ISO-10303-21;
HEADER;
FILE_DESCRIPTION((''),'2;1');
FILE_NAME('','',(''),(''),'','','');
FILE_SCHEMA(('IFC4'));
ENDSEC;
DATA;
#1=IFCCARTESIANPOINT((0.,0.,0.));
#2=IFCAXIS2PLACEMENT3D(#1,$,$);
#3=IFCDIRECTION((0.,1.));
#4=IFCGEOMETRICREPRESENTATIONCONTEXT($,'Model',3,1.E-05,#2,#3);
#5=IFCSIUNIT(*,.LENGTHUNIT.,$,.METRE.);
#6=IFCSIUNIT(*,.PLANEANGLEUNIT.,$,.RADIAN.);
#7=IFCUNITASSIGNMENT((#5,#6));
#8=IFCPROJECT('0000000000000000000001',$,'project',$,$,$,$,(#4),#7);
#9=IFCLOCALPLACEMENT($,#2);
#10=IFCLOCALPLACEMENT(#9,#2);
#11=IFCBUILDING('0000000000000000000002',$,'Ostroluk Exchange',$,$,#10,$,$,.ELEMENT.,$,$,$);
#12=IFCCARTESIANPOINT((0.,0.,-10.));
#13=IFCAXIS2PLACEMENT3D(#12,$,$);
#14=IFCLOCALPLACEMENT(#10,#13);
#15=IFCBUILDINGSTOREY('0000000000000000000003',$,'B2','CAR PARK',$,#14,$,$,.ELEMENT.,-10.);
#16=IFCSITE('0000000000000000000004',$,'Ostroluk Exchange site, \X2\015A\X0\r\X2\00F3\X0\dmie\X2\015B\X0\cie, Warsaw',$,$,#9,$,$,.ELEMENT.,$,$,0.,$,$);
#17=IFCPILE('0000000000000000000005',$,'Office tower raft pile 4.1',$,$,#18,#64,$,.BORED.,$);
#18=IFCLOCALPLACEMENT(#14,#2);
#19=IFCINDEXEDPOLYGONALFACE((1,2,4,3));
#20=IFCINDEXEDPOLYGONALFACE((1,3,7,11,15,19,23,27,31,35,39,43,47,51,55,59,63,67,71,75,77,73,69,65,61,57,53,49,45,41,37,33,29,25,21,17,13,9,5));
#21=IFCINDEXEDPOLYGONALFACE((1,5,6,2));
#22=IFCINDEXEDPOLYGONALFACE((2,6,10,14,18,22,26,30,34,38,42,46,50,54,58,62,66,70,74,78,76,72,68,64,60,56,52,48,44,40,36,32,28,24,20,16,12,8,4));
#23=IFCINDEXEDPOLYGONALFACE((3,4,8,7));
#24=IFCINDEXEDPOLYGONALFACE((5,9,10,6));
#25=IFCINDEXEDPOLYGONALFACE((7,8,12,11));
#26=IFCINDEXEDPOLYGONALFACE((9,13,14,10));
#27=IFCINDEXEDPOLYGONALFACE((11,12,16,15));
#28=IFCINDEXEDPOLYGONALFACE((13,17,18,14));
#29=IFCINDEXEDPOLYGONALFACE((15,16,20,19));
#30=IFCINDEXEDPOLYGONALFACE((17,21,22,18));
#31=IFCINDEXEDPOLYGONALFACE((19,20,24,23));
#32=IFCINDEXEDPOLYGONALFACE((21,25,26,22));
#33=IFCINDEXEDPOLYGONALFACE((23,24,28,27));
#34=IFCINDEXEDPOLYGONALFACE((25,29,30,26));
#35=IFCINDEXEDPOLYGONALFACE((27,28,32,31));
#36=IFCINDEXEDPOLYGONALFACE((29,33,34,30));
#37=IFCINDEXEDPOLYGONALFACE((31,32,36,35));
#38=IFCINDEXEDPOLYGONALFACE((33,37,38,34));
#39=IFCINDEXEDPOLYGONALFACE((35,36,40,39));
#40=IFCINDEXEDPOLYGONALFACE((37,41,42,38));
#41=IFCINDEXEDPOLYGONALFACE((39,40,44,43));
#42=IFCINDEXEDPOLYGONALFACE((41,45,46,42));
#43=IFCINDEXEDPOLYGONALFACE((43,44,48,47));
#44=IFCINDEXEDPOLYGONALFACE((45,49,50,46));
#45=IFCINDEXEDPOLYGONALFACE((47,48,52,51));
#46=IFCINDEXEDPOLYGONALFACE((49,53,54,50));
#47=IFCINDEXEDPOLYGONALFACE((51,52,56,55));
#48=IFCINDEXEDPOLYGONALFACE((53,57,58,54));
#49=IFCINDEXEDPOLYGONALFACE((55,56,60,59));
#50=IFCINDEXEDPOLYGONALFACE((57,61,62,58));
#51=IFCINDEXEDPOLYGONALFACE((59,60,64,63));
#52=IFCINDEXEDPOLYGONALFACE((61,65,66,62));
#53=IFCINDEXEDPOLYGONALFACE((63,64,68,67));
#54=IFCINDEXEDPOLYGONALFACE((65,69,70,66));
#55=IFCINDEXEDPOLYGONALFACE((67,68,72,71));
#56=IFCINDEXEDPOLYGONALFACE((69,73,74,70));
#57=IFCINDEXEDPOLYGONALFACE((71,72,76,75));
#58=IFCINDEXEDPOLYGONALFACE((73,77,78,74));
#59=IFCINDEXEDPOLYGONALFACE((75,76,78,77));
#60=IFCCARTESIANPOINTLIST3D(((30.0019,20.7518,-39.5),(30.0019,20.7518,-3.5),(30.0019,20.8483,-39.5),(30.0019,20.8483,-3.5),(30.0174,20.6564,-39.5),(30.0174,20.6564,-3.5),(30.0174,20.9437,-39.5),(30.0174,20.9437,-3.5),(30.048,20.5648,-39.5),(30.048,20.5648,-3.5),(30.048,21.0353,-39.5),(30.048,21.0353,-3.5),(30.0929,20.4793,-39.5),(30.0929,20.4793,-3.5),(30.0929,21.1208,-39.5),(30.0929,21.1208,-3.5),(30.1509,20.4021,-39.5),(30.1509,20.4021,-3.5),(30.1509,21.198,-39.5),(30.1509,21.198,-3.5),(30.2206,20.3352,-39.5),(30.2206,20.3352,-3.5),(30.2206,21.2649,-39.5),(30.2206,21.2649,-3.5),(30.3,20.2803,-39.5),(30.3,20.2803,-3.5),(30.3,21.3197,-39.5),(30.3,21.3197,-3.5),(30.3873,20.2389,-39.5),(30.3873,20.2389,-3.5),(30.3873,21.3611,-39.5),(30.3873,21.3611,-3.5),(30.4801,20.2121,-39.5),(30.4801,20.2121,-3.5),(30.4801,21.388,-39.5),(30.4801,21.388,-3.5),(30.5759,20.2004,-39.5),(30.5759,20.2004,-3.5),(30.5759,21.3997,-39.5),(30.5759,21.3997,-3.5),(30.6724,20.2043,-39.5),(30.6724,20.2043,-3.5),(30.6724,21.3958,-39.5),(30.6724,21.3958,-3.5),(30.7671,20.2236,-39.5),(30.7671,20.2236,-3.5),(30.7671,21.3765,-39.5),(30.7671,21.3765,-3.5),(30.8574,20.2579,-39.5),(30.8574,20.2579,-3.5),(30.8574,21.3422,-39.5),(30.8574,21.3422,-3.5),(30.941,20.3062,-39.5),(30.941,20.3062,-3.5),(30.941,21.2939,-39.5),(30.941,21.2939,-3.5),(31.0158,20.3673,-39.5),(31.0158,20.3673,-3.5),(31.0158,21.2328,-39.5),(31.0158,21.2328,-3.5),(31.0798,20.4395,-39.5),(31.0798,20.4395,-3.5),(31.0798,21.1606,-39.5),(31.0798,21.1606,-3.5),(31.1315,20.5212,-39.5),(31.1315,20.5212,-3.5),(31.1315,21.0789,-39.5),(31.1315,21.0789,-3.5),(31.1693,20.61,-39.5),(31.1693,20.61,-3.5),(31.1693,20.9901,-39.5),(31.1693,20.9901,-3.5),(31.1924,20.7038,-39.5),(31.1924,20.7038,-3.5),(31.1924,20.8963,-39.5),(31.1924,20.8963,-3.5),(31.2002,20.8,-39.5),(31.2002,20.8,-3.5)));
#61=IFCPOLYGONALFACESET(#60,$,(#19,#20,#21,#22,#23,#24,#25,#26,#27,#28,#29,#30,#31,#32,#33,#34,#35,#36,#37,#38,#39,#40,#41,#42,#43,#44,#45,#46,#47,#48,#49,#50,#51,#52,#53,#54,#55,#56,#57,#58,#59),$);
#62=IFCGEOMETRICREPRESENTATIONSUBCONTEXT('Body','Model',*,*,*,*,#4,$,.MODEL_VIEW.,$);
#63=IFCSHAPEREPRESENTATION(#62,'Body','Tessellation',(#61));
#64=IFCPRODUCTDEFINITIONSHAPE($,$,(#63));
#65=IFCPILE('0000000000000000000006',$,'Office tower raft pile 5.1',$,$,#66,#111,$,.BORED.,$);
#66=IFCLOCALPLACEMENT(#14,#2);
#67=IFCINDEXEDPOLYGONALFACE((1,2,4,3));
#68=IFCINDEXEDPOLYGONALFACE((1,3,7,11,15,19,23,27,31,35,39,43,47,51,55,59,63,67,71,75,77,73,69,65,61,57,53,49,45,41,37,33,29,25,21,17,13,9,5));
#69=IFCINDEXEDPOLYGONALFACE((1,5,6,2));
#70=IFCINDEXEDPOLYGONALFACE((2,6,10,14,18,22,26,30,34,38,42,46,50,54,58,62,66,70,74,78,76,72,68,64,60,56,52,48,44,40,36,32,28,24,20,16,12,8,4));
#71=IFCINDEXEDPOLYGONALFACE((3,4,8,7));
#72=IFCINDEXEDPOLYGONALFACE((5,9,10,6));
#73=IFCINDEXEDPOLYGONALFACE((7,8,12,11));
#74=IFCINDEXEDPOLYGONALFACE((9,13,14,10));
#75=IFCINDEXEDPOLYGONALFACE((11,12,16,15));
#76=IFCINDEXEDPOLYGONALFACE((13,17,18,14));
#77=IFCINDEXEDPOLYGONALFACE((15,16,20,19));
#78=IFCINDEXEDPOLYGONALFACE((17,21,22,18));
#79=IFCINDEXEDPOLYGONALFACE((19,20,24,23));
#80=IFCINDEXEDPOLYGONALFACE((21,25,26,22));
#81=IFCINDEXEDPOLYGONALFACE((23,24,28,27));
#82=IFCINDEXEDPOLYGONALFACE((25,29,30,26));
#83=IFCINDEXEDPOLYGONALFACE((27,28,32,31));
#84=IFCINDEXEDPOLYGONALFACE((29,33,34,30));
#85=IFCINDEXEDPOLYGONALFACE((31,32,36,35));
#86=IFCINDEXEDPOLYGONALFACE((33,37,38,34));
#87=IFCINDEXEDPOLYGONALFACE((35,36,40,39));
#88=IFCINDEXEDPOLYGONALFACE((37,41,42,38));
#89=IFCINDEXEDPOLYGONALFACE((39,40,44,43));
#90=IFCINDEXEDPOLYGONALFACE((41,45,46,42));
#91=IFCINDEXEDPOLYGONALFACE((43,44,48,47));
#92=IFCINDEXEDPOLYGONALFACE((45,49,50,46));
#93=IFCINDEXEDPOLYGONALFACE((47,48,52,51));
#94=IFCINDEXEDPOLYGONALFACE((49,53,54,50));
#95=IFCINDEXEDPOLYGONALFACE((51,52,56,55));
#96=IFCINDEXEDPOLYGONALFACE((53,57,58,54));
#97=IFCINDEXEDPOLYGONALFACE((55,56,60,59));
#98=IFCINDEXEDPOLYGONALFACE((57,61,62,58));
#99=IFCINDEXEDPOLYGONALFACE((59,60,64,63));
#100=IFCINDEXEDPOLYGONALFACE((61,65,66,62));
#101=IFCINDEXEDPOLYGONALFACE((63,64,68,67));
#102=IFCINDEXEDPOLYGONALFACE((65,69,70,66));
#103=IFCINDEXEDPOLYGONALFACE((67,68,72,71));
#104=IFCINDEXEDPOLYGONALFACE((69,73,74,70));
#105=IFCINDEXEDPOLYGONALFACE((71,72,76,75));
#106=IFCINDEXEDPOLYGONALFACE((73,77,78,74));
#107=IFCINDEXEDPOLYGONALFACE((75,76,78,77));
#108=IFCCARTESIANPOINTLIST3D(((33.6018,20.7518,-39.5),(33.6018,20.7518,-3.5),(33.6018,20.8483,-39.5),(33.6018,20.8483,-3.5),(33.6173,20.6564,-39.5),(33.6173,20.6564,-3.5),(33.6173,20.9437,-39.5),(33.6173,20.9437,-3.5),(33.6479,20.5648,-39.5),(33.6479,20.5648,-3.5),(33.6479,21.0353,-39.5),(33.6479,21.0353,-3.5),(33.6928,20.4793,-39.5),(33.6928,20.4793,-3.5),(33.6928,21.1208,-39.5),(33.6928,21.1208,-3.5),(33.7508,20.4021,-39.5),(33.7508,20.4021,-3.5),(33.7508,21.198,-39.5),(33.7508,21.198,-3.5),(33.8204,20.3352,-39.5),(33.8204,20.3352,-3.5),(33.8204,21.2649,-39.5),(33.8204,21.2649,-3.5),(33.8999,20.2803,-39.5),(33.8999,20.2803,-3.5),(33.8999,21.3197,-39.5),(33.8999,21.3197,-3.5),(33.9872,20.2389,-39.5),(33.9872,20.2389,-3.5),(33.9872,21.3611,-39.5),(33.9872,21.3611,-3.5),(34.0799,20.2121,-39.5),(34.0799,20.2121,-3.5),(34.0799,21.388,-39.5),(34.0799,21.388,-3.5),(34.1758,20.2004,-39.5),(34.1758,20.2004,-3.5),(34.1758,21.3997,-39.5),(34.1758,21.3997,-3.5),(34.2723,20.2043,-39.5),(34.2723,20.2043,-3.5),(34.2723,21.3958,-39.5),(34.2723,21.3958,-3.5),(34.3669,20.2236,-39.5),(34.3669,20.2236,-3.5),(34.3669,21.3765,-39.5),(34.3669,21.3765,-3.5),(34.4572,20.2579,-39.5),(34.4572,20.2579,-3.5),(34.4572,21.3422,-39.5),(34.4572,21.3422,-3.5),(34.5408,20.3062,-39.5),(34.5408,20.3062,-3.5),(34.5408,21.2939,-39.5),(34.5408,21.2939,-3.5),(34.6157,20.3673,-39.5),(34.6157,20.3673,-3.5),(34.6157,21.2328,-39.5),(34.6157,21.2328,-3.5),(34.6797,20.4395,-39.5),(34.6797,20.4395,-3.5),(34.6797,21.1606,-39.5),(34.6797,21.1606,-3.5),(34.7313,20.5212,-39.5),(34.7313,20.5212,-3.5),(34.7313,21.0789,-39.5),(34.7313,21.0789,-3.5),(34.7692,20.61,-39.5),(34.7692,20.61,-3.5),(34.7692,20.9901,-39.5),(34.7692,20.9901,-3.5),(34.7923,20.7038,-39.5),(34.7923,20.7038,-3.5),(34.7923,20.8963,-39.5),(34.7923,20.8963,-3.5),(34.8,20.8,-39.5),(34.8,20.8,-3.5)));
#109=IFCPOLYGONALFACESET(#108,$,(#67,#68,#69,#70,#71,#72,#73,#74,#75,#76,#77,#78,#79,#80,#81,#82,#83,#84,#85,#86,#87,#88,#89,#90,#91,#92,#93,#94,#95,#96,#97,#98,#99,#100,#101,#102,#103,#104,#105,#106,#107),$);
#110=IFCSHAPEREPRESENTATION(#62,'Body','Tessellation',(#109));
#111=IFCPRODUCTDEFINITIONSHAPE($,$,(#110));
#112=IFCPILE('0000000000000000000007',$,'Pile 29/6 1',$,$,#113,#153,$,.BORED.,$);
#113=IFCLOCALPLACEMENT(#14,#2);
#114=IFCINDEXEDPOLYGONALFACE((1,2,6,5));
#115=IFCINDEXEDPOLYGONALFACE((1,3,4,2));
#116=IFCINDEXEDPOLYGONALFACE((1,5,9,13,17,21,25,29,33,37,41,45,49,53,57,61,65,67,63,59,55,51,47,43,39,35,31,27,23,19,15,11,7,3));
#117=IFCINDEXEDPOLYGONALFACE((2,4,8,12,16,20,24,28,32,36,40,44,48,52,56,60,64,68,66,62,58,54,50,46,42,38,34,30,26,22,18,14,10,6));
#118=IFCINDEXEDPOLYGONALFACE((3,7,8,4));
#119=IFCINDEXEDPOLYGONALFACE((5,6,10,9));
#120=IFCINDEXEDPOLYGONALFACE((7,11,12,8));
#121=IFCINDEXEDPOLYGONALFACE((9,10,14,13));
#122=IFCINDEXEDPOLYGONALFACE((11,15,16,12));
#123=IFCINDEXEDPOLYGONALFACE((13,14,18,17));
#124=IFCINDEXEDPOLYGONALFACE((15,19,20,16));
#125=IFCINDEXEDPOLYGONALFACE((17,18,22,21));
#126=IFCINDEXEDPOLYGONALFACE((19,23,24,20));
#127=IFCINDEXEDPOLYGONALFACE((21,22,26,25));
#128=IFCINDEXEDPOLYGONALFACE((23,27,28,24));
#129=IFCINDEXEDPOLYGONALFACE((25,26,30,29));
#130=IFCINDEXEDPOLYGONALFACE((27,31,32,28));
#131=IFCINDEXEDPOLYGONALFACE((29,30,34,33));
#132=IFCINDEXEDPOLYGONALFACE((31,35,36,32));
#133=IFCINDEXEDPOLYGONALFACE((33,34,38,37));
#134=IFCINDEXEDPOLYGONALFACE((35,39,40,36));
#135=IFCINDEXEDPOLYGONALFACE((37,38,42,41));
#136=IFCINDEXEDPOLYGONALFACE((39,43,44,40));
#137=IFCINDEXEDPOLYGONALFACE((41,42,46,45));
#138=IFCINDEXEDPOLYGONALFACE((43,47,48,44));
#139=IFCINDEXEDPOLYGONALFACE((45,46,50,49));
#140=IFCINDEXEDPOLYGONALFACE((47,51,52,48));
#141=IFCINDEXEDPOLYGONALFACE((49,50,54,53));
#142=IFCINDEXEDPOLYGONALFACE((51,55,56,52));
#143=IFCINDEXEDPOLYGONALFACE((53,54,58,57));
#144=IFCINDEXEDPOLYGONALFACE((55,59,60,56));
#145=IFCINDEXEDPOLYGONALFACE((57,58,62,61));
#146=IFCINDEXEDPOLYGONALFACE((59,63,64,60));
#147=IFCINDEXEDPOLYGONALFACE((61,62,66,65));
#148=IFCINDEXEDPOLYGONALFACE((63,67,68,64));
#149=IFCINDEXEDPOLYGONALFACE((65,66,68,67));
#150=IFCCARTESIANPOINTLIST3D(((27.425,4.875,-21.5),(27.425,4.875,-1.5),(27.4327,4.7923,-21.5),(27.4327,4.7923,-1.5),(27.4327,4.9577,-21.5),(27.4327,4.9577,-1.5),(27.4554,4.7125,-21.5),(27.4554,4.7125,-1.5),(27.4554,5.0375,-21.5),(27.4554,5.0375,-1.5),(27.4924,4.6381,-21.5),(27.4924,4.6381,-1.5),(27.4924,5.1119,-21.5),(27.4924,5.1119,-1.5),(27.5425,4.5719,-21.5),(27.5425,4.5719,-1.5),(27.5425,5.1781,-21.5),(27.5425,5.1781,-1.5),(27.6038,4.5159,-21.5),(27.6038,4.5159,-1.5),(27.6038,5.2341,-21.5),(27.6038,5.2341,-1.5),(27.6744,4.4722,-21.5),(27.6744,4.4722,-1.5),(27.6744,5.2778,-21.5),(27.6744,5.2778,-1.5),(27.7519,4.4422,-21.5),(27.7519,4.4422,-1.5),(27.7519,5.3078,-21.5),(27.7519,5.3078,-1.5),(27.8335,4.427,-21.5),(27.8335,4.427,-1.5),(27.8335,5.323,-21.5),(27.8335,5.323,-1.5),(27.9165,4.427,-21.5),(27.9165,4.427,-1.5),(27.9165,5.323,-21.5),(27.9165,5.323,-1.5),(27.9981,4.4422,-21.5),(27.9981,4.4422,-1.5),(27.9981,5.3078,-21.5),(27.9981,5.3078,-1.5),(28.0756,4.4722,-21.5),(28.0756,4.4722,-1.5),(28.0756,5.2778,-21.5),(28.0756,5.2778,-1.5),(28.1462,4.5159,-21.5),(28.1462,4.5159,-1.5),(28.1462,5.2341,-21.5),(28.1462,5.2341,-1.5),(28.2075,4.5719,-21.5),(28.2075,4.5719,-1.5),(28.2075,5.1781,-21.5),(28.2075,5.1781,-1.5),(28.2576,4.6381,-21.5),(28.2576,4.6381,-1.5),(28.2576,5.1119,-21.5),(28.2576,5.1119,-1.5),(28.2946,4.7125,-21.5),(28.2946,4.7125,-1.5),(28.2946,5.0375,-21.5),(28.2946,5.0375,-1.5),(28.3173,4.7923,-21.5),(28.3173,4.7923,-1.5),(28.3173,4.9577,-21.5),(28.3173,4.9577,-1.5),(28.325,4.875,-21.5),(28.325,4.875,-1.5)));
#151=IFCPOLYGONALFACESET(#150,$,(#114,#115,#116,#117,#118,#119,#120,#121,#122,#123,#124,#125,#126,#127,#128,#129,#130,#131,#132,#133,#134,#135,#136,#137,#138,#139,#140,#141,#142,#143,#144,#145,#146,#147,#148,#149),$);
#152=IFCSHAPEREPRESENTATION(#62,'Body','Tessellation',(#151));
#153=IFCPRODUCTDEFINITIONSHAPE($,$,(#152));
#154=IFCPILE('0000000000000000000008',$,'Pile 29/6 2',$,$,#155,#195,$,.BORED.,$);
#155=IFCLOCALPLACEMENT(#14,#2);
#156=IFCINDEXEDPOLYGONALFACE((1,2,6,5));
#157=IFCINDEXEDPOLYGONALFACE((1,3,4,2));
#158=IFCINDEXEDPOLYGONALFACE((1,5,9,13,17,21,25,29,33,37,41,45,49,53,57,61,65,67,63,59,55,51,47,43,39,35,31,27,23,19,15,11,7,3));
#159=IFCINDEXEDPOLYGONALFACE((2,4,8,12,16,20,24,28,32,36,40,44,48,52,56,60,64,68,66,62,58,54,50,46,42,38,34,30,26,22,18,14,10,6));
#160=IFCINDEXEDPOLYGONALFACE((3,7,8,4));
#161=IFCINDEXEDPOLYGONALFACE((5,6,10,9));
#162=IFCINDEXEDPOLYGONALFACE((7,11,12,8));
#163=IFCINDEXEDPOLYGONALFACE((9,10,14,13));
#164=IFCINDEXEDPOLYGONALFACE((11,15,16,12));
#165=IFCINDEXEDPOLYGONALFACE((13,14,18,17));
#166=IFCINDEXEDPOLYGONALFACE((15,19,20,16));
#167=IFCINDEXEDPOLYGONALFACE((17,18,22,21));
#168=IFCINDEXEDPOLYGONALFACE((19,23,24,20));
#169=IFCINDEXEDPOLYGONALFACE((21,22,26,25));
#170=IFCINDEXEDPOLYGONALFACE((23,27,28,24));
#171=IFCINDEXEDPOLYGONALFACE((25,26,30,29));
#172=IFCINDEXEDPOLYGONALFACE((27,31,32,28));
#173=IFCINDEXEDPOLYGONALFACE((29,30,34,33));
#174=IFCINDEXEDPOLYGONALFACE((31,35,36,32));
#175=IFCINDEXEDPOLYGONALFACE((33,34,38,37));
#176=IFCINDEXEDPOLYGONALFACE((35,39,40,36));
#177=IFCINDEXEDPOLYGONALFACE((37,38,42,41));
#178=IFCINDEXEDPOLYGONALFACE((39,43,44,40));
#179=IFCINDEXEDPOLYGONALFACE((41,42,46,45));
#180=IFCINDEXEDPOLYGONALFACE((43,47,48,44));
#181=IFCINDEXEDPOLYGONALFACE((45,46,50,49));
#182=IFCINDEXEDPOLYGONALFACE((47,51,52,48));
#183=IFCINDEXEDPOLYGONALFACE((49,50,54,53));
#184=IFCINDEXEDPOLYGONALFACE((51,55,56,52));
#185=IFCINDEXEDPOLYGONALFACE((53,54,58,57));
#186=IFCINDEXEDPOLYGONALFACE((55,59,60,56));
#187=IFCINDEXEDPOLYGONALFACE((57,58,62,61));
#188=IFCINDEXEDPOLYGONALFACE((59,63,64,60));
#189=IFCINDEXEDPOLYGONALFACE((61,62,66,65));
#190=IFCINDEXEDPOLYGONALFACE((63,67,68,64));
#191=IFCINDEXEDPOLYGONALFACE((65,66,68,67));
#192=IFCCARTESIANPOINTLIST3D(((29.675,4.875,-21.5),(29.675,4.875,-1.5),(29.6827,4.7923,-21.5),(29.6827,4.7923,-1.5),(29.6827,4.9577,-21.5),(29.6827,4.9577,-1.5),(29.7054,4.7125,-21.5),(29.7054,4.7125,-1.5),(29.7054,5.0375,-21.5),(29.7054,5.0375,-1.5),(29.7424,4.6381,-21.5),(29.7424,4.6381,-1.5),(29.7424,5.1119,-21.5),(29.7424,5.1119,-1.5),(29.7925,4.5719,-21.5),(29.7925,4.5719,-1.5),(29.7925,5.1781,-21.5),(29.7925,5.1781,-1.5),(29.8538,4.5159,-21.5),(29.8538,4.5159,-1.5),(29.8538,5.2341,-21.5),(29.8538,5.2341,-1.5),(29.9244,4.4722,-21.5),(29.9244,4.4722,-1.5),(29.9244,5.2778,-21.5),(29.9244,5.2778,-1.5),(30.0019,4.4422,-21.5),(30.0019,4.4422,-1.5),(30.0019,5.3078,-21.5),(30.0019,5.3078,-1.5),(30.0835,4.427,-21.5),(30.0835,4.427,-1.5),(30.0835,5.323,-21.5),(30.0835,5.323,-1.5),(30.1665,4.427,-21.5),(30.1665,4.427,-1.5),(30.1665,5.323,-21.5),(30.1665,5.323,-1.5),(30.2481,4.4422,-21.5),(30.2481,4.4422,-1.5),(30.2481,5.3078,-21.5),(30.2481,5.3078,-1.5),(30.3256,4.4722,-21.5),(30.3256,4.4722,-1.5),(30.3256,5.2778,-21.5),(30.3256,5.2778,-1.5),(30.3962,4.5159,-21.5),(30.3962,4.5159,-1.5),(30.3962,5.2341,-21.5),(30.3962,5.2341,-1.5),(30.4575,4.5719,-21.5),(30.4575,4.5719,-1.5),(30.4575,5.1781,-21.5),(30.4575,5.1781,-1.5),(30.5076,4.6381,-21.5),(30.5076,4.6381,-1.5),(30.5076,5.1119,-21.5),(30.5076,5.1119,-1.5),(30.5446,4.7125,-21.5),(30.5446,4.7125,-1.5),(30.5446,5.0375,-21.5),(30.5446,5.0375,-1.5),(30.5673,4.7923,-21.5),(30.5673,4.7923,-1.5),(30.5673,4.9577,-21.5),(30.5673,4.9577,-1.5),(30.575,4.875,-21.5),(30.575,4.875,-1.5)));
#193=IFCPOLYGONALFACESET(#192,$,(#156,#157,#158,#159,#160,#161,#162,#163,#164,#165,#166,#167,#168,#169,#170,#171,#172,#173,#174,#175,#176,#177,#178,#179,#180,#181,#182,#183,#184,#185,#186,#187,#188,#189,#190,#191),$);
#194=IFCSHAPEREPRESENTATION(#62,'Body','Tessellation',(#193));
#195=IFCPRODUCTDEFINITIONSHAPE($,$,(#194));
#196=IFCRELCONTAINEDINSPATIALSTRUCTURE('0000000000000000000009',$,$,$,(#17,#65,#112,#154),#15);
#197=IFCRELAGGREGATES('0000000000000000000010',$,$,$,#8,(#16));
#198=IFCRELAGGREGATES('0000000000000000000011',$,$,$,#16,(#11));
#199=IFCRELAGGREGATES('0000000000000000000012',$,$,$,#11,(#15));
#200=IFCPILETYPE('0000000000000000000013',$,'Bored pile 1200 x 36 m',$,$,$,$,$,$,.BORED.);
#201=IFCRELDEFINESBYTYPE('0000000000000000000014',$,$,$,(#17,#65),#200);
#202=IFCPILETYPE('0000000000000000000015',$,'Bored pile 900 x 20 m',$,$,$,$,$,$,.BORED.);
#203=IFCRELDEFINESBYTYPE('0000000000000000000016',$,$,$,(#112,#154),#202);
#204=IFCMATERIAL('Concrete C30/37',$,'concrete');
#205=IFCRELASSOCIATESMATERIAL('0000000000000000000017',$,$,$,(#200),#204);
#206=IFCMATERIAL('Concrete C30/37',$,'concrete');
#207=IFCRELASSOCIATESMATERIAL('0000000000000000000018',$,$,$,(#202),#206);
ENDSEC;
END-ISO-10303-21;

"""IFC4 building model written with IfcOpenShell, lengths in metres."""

from ifc_helpers import new_model, si_unit, direction, frame, origin, origin_2d, place, context, subcontext, project, spatial, circle, extrude, material, type_object, element, save


model = new_model("IFC4")

# Units and contexts
model_context = context("Model", 3, precision=1e-05, world=origin(), true_north=direction((0.0, 1.0)))
body_context = subcontext(model_context, "Body", "Model", "MODEL_VIEW")
ifc_project = project(units=[si_unit("LENGTHUNIT", "METRE"), si_unit("PLANEANGLEUNIT", "RADIAN")], contexts=[model_context])

# Site, building, storey
site_placement = place(None, origin())
site = spatial("IfcSite", under=ifc_project, at=site_placement, Name="Ostroluk Exchange site, Śródmieście, Warsaw", CompositionType="ELEMENT", RefElevation=0.0)
building_placement = place(site_placement, origin())
building = spatial("IfcBuilding", under=site, at=building_placement, Name="Ostroluk Exchange", CompositionType="ELEMENT")
storey_placement = place(building_placement, frame((0.0, 0.0, -10.0)))
storey = spatial("IfcBuildingStorey", under=building, at=storey_placement, Name="B2", Description="CAR PARK", CompositionType="ELEMENT", Elevation=-10.0)

# Piles
ifc_material_1 = material(Name="Concrete C30/37", Category="concrete")
pile_type_1 = type_object("IfcPileType", Name="Bored pile 1200 x 36 m", PredefinedType="BORED", material=ifc_material_1)
for number, where, z_axis, x_axis, name in (
    (1, (30.6001, 20.8, -3.5), (0.0, 0.0, -1.0), (1.0, 0.0, 0.0), "Office tower raft pile 4.1"),
    (2, (34.2, 20.8, -3.5), (0.0, 0.0, -1.0), (1.0, 0.0, 0.0), "Office tower raft pile 5.1"),
):
    element("IfcPile", number, at=place(storey_placement, frame(where, z_axis=z_axis, x_axis=x_axis)), inside=storey, type_object=pile_type_1, Name=name, PredefinedType="BORED", context=body_context, shape_type="SweptSolid", body=[
        extrude(circle(Radius=0.6001, at=origin_2d()), origin(), (0.0, 0.0, 1.0), 36.0),
    ])
ifc_material_2 = material(Name="Concrete C30/37", Category="concrete")
pile_type_2 = type_object("IfcPileType", Name="Bored pile 900 x 20 m", PredefinedType="BORED", material=ifc_material_2)
for number, where, z_axis, x_axis, name in (
    (3, (27.875, 4.875, -1.5), (0.0, 0.0, -1.0), (1.0, 0.0, 0.0), "Pile 29/6 1"),
    (4, (30.125, 4.875, -1.5), (0.0, 0.0, -1.0), (1.0, 0.0, 0.0), "Pile 29/6 2"),
):
    element("IfcPile", number, at=place(storey_placement, frame(where, z_axis=z_axis, x_axis=x_axis)), inside=storey, type_object=pile_type_2, Name=name, PredefinedType="BORED", context=body_context, shape_type="SweptSolid", body=[
        extrude(circle(Radius=0.45, at=origin_2d()), origin(), (0.0, 0.0, 1.0), 20.0),
    ])

save(model, "model.ifc")
